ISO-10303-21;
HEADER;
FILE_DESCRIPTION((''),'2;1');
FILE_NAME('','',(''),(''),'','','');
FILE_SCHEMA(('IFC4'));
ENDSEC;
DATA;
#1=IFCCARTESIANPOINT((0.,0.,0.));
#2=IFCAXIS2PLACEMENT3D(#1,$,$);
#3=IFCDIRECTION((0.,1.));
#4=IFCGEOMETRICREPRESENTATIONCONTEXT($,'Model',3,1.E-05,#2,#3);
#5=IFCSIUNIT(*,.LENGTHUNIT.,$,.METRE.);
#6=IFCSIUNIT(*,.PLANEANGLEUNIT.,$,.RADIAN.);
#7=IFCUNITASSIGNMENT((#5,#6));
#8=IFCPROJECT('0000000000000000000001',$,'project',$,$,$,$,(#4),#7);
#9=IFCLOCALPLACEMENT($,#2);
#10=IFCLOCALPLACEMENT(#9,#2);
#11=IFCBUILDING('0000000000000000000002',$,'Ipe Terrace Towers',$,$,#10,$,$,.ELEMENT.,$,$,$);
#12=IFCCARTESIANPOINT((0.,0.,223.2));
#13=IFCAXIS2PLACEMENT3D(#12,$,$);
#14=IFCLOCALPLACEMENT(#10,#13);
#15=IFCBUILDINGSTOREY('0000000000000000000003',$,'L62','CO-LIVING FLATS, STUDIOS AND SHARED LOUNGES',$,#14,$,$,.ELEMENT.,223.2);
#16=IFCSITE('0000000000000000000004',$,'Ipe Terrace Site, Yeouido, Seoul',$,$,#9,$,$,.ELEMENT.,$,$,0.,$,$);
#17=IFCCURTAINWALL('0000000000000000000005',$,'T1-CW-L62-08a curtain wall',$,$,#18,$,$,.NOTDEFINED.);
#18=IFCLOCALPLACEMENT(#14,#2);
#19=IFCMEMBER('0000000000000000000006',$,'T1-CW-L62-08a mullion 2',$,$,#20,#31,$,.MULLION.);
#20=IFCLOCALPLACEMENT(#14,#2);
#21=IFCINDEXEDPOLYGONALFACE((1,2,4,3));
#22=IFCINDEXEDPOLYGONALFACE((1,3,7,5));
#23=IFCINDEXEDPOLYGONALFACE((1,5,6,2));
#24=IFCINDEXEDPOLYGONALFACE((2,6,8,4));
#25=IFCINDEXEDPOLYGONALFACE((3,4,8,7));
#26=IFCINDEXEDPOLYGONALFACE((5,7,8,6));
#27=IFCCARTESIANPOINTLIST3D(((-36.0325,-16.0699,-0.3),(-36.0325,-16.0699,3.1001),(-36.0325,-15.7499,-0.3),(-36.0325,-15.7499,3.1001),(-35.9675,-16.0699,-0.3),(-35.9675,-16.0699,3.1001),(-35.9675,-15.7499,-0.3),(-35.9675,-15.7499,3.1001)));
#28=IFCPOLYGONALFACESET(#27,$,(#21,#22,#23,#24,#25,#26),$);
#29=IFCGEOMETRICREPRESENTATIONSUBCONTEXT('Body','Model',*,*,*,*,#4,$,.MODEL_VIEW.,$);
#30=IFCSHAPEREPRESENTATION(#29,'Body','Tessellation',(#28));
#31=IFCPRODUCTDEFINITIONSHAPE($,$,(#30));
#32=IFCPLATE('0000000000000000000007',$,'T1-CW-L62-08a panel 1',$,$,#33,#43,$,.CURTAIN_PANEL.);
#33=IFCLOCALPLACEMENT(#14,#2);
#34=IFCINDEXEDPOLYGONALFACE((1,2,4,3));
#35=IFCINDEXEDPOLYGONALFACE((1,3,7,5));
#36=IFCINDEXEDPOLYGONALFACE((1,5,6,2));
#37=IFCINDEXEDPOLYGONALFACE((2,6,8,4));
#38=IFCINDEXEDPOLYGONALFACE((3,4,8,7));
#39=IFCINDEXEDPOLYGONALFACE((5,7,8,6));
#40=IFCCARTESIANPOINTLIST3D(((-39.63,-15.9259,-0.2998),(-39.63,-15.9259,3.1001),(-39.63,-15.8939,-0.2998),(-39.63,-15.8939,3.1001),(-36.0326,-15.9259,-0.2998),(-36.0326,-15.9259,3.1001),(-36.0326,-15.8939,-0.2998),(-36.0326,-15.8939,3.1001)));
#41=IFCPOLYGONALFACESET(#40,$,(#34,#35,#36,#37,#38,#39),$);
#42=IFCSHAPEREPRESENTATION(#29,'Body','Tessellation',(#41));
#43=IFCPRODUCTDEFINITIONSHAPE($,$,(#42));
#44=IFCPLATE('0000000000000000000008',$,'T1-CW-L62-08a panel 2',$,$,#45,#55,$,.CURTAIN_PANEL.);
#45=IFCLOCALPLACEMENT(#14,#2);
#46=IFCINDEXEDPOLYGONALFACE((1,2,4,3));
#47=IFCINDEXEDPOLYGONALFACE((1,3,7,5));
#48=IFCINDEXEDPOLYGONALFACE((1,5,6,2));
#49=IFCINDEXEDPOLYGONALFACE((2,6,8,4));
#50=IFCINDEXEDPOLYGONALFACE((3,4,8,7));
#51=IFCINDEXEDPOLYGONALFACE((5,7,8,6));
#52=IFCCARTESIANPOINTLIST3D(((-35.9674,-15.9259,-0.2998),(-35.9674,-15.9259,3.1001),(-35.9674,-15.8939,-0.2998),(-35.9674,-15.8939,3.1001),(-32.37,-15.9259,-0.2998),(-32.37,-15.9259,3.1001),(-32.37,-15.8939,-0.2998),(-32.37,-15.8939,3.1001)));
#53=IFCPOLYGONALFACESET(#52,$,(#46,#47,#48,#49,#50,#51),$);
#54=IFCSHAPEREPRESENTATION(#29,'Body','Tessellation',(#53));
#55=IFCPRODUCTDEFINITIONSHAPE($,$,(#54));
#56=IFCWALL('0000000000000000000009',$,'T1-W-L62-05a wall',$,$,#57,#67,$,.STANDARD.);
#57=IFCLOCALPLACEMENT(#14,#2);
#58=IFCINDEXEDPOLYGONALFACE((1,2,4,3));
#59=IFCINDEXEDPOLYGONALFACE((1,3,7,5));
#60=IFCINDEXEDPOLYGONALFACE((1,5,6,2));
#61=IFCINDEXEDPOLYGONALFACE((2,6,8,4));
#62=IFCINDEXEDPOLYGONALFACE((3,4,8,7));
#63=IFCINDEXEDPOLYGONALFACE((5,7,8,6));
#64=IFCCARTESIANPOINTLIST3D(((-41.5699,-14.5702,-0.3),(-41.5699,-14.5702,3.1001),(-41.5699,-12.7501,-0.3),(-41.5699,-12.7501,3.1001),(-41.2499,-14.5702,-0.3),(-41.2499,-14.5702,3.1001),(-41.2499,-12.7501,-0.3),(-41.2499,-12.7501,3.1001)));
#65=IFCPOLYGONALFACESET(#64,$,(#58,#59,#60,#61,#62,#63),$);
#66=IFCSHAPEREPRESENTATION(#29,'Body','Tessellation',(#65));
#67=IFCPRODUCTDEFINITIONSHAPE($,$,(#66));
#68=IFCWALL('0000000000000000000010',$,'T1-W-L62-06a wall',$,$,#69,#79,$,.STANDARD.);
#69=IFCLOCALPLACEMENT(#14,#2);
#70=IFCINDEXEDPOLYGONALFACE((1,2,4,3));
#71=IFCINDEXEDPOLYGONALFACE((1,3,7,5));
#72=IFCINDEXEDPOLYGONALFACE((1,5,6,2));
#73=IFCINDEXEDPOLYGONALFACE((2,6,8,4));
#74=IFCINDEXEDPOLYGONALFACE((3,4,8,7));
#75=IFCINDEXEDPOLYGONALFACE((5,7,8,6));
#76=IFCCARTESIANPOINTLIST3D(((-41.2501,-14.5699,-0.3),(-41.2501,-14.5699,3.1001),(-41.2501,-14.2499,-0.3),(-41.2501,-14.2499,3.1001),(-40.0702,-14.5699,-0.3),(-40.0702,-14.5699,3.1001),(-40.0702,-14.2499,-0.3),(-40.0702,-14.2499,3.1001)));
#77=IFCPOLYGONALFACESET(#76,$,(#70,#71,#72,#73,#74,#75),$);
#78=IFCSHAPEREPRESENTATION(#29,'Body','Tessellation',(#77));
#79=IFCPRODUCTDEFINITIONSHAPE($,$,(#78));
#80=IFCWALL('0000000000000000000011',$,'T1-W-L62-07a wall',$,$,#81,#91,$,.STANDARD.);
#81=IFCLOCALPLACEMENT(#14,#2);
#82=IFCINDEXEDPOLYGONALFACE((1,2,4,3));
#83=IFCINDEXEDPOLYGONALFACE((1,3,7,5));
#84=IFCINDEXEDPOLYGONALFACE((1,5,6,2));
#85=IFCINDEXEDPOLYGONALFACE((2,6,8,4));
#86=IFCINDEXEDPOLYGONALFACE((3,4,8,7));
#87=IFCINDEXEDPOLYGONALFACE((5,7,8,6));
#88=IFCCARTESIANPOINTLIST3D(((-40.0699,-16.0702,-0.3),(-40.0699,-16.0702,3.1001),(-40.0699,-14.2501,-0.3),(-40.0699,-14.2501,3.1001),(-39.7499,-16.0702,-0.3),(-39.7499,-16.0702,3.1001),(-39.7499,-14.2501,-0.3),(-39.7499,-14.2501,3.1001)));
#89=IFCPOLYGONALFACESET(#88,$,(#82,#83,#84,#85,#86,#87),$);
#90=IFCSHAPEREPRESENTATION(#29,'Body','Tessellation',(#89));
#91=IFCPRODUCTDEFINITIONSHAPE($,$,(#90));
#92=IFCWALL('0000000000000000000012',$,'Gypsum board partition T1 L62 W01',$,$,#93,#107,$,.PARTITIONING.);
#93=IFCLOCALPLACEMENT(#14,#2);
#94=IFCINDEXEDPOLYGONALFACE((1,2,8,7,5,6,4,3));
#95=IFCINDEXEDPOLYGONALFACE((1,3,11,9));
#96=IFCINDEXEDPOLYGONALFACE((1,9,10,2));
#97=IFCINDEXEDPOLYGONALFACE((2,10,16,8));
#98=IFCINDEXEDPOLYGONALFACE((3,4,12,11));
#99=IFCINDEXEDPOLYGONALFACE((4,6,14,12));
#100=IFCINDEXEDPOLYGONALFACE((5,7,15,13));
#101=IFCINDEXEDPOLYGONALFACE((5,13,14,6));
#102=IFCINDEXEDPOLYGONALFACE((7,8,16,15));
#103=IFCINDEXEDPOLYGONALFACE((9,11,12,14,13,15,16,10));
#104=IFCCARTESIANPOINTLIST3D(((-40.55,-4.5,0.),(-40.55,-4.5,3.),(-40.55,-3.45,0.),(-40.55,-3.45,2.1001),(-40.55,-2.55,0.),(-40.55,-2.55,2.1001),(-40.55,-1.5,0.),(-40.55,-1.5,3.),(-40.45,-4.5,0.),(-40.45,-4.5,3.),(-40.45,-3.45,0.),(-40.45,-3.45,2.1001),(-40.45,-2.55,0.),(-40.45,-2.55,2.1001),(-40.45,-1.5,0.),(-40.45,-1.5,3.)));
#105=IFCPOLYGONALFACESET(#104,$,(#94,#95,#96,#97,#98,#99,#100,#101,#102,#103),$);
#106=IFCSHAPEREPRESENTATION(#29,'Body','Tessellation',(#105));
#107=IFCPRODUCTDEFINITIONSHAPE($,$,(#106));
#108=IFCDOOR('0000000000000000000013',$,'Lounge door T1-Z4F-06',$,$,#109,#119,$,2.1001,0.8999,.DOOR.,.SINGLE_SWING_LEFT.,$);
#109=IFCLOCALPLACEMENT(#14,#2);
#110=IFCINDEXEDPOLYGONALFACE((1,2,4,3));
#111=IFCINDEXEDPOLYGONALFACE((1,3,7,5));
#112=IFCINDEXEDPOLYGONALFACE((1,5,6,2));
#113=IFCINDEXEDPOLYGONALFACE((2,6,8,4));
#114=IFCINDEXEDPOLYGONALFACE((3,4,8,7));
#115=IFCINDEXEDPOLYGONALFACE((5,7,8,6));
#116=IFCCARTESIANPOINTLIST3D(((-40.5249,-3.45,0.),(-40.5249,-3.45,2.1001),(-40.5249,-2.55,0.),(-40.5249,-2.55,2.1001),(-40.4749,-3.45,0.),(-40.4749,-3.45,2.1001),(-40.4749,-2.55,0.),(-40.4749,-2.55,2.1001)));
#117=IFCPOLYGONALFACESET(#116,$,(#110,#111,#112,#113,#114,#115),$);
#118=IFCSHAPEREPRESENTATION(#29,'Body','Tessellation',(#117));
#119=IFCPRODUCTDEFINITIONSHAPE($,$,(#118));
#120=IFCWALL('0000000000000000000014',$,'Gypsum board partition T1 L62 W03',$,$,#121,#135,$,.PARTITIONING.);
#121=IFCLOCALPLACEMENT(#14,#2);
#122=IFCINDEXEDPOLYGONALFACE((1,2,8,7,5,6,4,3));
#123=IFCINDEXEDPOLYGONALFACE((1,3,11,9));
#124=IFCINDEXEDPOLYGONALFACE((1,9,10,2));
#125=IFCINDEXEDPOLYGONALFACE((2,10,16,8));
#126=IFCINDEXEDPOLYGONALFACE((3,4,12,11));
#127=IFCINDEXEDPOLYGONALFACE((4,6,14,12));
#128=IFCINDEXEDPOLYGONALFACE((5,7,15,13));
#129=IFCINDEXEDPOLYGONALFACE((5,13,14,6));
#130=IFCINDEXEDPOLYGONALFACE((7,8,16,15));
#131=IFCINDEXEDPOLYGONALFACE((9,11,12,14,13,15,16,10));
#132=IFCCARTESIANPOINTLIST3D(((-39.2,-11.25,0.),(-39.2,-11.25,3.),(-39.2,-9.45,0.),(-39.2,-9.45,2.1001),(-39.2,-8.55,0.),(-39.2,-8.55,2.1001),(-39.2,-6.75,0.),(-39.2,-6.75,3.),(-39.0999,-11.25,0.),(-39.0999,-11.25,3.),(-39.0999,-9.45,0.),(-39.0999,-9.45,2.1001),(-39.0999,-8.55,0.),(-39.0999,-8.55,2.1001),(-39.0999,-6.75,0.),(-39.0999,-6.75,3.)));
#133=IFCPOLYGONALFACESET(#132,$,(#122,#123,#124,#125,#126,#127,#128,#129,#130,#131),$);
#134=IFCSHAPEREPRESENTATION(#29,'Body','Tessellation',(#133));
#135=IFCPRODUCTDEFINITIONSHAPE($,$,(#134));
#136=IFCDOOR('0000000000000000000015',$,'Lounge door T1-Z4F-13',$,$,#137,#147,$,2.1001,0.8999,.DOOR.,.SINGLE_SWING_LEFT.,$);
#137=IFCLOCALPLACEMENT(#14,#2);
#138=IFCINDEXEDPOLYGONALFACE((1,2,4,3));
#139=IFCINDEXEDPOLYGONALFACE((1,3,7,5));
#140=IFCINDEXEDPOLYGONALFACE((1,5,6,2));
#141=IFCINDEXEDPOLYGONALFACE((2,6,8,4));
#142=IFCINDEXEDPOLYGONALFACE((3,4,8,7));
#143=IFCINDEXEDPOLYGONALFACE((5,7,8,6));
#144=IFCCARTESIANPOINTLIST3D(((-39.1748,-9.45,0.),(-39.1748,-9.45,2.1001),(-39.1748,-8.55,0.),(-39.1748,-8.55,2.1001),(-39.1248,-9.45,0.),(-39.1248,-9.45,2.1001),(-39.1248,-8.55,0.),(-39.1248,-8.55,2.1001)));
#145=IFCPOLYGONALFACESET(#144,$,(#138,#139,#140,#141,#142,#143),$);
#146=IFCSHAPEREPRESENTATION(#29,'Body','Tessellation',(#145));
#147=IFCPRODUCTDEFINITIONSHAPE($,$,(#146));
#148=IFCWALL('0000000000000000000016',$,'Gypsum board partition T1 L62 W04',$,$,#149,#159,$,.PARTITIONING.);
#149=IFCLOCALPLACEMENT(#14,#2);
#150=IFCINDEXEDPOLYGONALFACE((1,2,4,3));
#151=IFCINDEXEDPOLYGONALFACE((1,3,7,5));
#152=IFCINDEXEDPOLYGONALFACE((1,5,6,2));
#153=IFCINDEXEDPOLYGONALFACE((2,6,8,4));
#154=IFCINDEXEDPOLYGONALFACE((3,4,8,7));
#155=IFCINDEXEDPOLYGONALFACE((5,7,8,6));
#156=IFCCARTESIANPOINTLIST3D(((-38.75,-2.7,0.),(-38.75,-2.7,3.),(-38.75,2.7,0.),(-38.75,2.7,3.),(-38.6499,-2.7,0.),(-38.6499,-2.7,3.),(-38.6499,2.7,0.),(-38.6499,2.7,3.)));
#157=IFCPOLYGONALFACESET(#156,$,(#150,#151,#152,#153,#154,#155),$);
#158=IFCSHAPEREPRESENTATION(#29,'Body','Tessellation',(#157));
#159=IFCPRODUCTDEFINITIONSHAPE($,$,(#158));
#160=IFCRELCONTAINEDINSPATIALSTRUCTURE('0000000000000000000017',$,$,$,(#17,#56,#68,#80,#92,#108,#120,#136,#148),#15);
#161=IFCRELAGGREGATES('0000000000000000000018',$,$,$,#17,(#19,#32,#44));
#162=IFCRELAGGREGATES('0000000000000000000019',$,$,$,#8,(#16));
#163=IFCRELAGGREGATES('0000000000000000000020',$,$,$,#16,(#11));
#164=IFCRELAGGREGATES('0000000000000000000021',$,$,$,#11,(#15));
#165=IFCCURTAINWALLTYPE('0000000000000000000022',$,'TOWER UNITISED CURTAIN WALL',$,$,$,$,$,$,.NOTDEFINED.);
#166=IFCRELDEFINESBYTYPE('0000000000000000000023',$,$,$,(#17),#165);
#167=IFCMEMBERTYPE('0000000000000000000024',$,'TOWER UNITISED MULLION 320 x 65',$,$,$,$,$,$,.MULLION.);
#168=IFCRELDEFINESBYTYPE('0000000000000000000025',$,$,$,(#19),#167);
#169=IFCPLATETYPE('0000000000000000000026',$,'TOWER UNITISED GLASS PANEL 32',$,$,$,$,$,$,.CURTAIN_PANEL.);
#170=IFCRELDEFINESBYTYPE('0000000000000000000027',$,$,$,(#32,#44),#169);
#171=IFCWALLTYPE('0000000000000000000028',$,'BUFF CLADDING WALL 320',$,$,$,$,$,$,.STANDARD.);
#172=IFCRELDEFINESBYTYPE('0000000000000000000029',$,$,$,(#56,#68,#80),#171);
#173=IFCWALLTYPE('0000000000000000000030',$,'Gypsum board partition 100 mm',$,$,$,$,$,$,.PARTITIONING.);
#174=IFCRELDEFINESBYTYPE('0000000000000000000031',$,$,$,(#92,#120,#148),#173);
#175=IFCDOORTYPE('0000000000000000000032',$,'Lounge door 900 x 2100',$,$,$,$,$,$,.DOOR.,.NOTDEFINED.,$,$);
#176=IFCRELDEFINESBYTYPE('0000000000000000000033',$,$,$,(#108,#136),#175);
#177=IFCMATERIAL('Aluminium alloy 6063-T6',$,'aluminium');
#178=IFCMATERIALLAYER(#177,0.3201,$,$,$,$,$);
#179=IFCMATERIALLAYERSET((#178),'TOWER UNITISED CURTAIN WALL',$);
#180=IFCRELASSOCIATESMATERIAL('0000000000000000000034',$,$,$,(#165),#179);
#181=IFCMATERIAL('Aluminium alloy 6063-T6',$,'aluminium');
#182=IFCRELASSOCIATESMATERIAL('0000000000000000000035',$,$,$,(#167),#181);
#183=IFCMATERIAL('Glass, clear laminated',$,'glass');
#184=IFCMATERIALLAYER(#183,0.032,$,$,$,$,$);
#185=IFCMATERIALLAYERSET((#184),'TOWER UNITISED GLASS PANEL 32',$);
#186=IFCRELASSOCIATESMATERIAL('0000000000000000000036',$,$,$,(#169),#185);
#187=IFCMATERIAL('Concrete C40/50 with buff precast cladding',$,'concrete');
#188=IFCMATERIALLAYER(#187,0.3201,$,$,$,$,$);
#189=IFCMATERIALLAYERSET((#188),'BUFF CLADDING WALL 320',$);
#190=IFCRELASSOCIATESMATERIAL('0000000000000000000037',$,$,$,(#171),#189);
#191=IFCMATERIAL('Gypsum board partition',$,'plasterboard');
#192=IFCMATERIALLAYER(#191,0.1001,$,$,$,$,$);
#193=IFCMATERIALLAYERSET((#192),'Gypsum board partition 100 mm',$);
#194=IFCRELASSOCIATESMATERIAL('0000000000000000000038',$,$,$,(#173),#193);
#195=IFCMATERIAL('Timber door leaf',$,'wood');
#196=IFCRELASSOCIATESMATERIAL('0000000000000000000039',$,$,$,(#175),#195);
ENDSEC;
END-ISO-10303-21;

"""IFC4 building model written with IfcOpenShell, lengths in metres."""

from ifc_helpers import new_model, si_unit, direction, frame, frame_2d, origin, origin_2d, place, context, subcontext, project, spatial, rectangle, extrude, material, layer, layer_set, material_profile, profile_set, type_object, element, fill, aggregate, save


model = new_model("IFC4")

# Units and contexts
model_context = context("Model", 3, precision=1e-05, world=origin(), true_north=direction((0.0, 1.0)))
body_context = subcontext(model_context, "Body", "Model", "MODEL_VIEW")
ifc_project = project(units=[si_unit("LENGTHUNIT", "METRE"), si_unit("PLANEANGLEUNIT", "RADIAN")], contexts=[model_context])

# Site, building, storey
site_placement = place(None, origin())
site = spatial("IfcSite", under=ifc_project, at=site_placement, Name="Ipe Terrace Site, Yeouido, Seoul", CompositionType="ELEMENT", RefElevation=0.0)
building_placement = place(site_placement, origin())
building = spatial("IfcBuilding", under=site, at=building_placement, Name="Ipe Terrace Towers", CompositionType="ELEMENT")
storey_placement = place(building_placement, frame((0.0, 0.0, 223.2)))
storey = spatial("IfcBuildingStorey", under=building, at=storey_placement, Name="L62", Description="CO-LIVING FLATS, STUDIOS AND SHARED LOUNGES", CompositionType="ELEMENT", Elevation=223.2)

# Curtain wall, member, plates
ifc_material_1 = material(Name="Aluminium alloy 6063-T6", Category="aluminium")
ifc_layer_1 = layer(ifc_material_1, 0.3201)
ifc_layer_set_1 = layer_set([ifc_layer_1], Name="TOWER UNITISED CURTAIN WALL")
curtain_wall_type = type_object("IfcCurtainWallType", Name="TOWER UNITISED CURTAIN WALL", PredefinedType="NOTDEFINED", material=ifc_layer_set_1)
curtain_wall_placement = place(storey_placement, origin())
curtain_wall = element("IfcCurtainWall", 1, at=curtain_wall_placement, inside=storey, type_object=curtain_wall_type, Name="T1-CW-L62-08a curtain wall", PredefinedType="NOTDEFINED")
ifc_material_2 = material(Name="Aluminium alloy 6063-T6", Category="aluminium")
ifc_material_profile_1 = material_profile(ifc_material_2, rectangle(XDim=0.3201, YDim=0.0649, at=origin_2d()), Name="TOWER UNITISED MULLION 320 x 65")
ifc_profile_set_1 = profile_set([ifc_material_profile_1], Name="Aluminium alloy 6063-T6")
member_type_1 = type_object("IfcMemberType", Name="TOWER UNITISED MULLION 320 x 65", PredefinedType="MULLION", material=ifc_profile_set_1)
member_1_placement = place(storey_placement, frame((-36.0, -15.9099, -0.3), z_axis=(0.0, 0.0, 1.0), x_axis=(0.0, -1.0, 0.0)))
member_1 = element("IfcMember", 2, at=member_1_placement, type_object=member_type_1, Name="T1-CW-L62-08a mullion 2", PredefinedType="MULLION", context=body_context, shape_type="SweptSolid", body=[
    extrude(rectangle(XDim=0.3201, YDim=0.0649, at=origin_2d()), origin(), (0.0, 0.0, 1.0), 3.4001),
])
ifc_material_3 = material(Name="Glass, clear laminated", Category="glass")
ifc_layer_2 = layer(ifc_material_3, 0.032)
ifc_layer_set_2 = layer_set([ifc_layer_2], Name="TOWER UNITISED GLASS PANEL 32")
plate_type = type_object("IfcPlateType", Name="TOWER UNITISED GLASS PANEL 32", PredefinedType="CURTAIN_PANEL", material=ifc_layer_set_2)
plate_1_placement = place(storey_placement, frame((-37.8313, -15.9099, -0.2998), z_axis=(0.0, 0.0, 1.0), x_axis=(1.0, 0.0, 0.0)))
plate_1 = element("IfcPlate", 3, at=plate_1_placement, type_object=plate_type, Name="T1-CW-L62-08a panel 1", PredefinedType="CURTAIN_PANEL", context=body_context, shape_type="SweptSolid", body=[
    extrude(rectangle(XDim=3.5974, YDim=0.032, at=origin_2d()), origin(), (0.0, 0.0, 1.0), 3.3999),
])
plate_2_placement = place(storey_placement, frame((-34.1687, -15.9099, -0.2998), z_axis=(0.0, 0.0, 1.0), x_axis=(1.0, 0.0, 0.0)))
plate_2 = element("IfcPlate", 4, at=plate_2_placement, type_object=plate_type, Name="T1-CW-L62-08a panel 2", PredefinedType="CURTAIN_PANEL", context=body_context, shape_type="SweptSolid", body=[
    extrude(rectangle(XDim=3.5974, YDim=0.032, at=origin_2d()), origin(), (0.0, 0.0, 1.0), 3.3999),
])
aggregate(curtain_wall, [member_1, plate_1, plate_2])

# Walls
ifc_material_4 = material(Name="Concrete C40/50 with buff precast cladding", Category="concrete")
ifc_layer_3 = layer(ifc_material_4, 0.3201)
ifc_layer_set_3 = layer_set([ifc_layer_3], Name="BUFF CLADDING WALL 320")
wall_type_1 = type_object("IfcWallType", Name="BUFF CLADDING WALL 320", PredefinedType="STANDARD", material=ifc_layer_set_3)
wall_1_placement = place(storey_placement, frame((-41.4099, -12.75, -0.3), z_axis=(0.0, 0.0, 1.0), x_axis=(0.0, -1.0, 0.0)))
element("IfcWall", 5, at=wall_1_placement, inside=storey, type_object=wall_type_1, Name="T1-W-L62-05a wall", PredefinedType="STANDARD", context=body_context, shape_type="SweptSolid", body=[
    extrude(rectangle(XDim=1.8201, YDim=0.3201, at=frame_2d((0.9102, 0.0))), origin(), (0.0, 0.0, 1.0), 3.4001),
])
wall_2_placement = place(storey_placement, frame((-41.25, -14.4099, -0.3), z_axis=(0.0, 0.0, 1.0), x_axis=(1.0, 0.0, 0.0)))
element("IfcWall", 6, at=wall_2_placement, inside=storey, type_object=wall_type_1, Name="T1-W-L62-06a wall", PredefinedType="STANDARD", context=body_context, shape_type="SweptSolid", body=[
    extrude(rectangle(XDim=1.1799, YDim=0.3201, at=frame_2d((0.5898, 0.0))), origin(), (0.0, 0.0, 1.0), 3.4001),
])
wall_3_placement = place(storey_placement, frame((-39.9099, -14.25, -0.3), z_axis=(0.0, 0.0, 1.0), x_axis=(0.0, -1.0, 0.0)))
element("IfcWall", 7, at=wall_3_placement, inside=storey, type_object=wall_type_1, Name="T1-W-L62-07a wall", PredefinedType="STANDARD", context=body_context, shape_type="SweptSolid", body=[
    extrude(rectangle(XDim=1.8201, YDim=0.3201, at=frame_2d((0.9102, 0.0))), origin(), (0.0, 0.0, 1.0), 3.4001),
])

# Walls, openings, doors
ifc_material_5 = material(Name="Gypsum board partition", Category="plasterboard")
ifc_layer_4 = layer(ifc_material_5, 0.1001)
ifc_layer_set_4 = layer_set([ifc_layer_4], Name="Gypsum board partition 100 mm")
wall_type_2 = type_object("IfcWallType", Name="Gypsum board partition 100 mm", PredefinedType="PARTITIONING", material=ifc_layer_set_4)
wall_4_placement = place(storey_placement, frame((-40.5, -4.5, 0.0), z_axis=(0.0, 0.0, 1.0), x_axis=(0.0, 1.0, 0.0)))
wall_4 = element("IfcWall", 8, at=wall_4_placement, inside=storey, type_object=wall_type_2, Name="Gypsum board partition T1 L62 W01", PredefinedType="PARTITIONING", context=body_context, shape_type="SweptSolid", body=[
    extrude(rectangle(XDim=3.0, YDim=0.1001, at=frame_2d((1.5, 0.0))), origin(), (0.0, 0.0, 1.0), 3.0),
])
opening_1_placement = place(wall_4_placement, frame((1.05, 0.0, 0.0)))
opening_1 = element("IfcOpeningElement", 9, at=opening_1_placement, cuts=wall_4, PredefinedType="OPENING", context=body_context, shape_type="SweptSolid", body=[
    extrude(rectangle(XDim=0.8999, YDim=2.1001, at=frame_2d((0.45, 1.05))), frame((0.0, 0.0601, 0.0), z_axis=(0.0, -1.0, 0.0), x_axis=(1.0, 0.0, 0.0)), (0.0, 0.0, 1.0), 0.1201),
])
ifc_material_6 = material(Name="Timber door leaf", Category="wood")
door_type = type_object("IfcDoorType", Name="Lounge door 900 x 2100", OperationType="NOTDEFINED", PredefinedType="DOOR", material=ifc_material_6)
door_1_placement = place(opening_1_placement, origin())
door_1 = element("IfcDoor", 10, at=door_1_placement, inside=storey, type_object=door_type, Name="Lounge door T1-Z4F-06", OperationType="SINGLE_SWING_LEFT", OverallHeight=2.1001, OverallWidth=0.8999, PredefinedType="DOOR", context=body_context, shape_type="SweptSolid", body=[
    extrude(rectangle(XDim=0.8999, YDim=2.1001, at=frame_2d((0.45, 1.05))), frame((0.0, 0.0249, 0.0), z_axis=(0.0, -1.0, 0.0), x_axis=(1.0, 0.0, 0.0)), (0.0, 0.0, 1.0), 0.05),
])
fill(opening_1, door_1)
wall_5_placement = place(storey_placement, frame((-39.1499, -11.25, 0.0), z_axis=(0.0, 0.0, 1.0), x_axis=(0.0, 1.0, 0.0)))
wall_5 = element("IfcWall", 11, at=wall_5_placement, inside=storey, type_object=wall_type_2, Name="Gypsum board partition T1 L62 W03", PredefinedType="PARTITIONING", context=body_context, shape_type="SweptSolid", body=[
    extrude(rectangle(XDim=4.5, YDim=0.1001, at=frame_2d((2.25, 0.0))), origin(), (0.0, 0.0, 1.0), 3.0),
])
opening_2_placement = place(wall_5_placement, frame((1.8, 0.0, 0.0)))
opening_2 = element("IfcOpeningElement", 12, at=opening_2_placement, cuts=wall_5, PredefinedType="OPENING", context=body_context, shape_type="SweptSolid", body=[
    extrude(rectangle(XDim=0.8999, YDim=2.1001, at=frame_2d((0.45, 1.05))), frame((0.0, 0.0601, 0.0), z_axis=(0.0, -1.0, 0.0), x_axis=(1.0, 0.0, 0.0)), (0.0, 0.0, 1.0), 0.1201),
])
door_2_placement = place(opening_2_placement, origin())
door_2 = element("IfcDoor", 13, at=door_2_placement, inside=storey, type_object=door_type, Name="Lounge door T1-Z4F-13", OperationType="SINGLE_SWING_LEFT", OverallHeight=2.1001, OverallWidth=0.8999, PredefinedType="DOOR", context=body_context, shape_type="SweptSolid", body=[
    extrude(rectangle(XDim=0.8999, YDim=2.1001, at=frame_2d((0.45, 1.05))), frame((0.0, 0.0249, 0.0), z_axis=(0.0, -1.0, 0.0), x_axis=(1.0, 0.0, 0.0)), (0.0, 0.0, 1.0), 0.05),
])
fill(opening_2, door_2)

# Wall
wall_6_placement = place(storey_placement, frame((-38.7, -2.7, 0.0), z_axis=(0.0, 0.0, 1.0), x_axis=(0.0, 1.0, 0.0)))
element("IfcWall", 14, at=wall_6_placement, inside=storey, type_object=wall_type_2, Name="Gypsum board partition T1 L62 W04", PredefinedType="PARTITIONING", context=body_context, shape_type="SweptSolid", body=[
    extrude(rectangle(XDim=5.3999, YDim=0.1001, at=frame_2d((2.7, 0.0))), origin(), (0.0, 0.0, 1.0), 3.0),
])

save(model, "model.ifc")
